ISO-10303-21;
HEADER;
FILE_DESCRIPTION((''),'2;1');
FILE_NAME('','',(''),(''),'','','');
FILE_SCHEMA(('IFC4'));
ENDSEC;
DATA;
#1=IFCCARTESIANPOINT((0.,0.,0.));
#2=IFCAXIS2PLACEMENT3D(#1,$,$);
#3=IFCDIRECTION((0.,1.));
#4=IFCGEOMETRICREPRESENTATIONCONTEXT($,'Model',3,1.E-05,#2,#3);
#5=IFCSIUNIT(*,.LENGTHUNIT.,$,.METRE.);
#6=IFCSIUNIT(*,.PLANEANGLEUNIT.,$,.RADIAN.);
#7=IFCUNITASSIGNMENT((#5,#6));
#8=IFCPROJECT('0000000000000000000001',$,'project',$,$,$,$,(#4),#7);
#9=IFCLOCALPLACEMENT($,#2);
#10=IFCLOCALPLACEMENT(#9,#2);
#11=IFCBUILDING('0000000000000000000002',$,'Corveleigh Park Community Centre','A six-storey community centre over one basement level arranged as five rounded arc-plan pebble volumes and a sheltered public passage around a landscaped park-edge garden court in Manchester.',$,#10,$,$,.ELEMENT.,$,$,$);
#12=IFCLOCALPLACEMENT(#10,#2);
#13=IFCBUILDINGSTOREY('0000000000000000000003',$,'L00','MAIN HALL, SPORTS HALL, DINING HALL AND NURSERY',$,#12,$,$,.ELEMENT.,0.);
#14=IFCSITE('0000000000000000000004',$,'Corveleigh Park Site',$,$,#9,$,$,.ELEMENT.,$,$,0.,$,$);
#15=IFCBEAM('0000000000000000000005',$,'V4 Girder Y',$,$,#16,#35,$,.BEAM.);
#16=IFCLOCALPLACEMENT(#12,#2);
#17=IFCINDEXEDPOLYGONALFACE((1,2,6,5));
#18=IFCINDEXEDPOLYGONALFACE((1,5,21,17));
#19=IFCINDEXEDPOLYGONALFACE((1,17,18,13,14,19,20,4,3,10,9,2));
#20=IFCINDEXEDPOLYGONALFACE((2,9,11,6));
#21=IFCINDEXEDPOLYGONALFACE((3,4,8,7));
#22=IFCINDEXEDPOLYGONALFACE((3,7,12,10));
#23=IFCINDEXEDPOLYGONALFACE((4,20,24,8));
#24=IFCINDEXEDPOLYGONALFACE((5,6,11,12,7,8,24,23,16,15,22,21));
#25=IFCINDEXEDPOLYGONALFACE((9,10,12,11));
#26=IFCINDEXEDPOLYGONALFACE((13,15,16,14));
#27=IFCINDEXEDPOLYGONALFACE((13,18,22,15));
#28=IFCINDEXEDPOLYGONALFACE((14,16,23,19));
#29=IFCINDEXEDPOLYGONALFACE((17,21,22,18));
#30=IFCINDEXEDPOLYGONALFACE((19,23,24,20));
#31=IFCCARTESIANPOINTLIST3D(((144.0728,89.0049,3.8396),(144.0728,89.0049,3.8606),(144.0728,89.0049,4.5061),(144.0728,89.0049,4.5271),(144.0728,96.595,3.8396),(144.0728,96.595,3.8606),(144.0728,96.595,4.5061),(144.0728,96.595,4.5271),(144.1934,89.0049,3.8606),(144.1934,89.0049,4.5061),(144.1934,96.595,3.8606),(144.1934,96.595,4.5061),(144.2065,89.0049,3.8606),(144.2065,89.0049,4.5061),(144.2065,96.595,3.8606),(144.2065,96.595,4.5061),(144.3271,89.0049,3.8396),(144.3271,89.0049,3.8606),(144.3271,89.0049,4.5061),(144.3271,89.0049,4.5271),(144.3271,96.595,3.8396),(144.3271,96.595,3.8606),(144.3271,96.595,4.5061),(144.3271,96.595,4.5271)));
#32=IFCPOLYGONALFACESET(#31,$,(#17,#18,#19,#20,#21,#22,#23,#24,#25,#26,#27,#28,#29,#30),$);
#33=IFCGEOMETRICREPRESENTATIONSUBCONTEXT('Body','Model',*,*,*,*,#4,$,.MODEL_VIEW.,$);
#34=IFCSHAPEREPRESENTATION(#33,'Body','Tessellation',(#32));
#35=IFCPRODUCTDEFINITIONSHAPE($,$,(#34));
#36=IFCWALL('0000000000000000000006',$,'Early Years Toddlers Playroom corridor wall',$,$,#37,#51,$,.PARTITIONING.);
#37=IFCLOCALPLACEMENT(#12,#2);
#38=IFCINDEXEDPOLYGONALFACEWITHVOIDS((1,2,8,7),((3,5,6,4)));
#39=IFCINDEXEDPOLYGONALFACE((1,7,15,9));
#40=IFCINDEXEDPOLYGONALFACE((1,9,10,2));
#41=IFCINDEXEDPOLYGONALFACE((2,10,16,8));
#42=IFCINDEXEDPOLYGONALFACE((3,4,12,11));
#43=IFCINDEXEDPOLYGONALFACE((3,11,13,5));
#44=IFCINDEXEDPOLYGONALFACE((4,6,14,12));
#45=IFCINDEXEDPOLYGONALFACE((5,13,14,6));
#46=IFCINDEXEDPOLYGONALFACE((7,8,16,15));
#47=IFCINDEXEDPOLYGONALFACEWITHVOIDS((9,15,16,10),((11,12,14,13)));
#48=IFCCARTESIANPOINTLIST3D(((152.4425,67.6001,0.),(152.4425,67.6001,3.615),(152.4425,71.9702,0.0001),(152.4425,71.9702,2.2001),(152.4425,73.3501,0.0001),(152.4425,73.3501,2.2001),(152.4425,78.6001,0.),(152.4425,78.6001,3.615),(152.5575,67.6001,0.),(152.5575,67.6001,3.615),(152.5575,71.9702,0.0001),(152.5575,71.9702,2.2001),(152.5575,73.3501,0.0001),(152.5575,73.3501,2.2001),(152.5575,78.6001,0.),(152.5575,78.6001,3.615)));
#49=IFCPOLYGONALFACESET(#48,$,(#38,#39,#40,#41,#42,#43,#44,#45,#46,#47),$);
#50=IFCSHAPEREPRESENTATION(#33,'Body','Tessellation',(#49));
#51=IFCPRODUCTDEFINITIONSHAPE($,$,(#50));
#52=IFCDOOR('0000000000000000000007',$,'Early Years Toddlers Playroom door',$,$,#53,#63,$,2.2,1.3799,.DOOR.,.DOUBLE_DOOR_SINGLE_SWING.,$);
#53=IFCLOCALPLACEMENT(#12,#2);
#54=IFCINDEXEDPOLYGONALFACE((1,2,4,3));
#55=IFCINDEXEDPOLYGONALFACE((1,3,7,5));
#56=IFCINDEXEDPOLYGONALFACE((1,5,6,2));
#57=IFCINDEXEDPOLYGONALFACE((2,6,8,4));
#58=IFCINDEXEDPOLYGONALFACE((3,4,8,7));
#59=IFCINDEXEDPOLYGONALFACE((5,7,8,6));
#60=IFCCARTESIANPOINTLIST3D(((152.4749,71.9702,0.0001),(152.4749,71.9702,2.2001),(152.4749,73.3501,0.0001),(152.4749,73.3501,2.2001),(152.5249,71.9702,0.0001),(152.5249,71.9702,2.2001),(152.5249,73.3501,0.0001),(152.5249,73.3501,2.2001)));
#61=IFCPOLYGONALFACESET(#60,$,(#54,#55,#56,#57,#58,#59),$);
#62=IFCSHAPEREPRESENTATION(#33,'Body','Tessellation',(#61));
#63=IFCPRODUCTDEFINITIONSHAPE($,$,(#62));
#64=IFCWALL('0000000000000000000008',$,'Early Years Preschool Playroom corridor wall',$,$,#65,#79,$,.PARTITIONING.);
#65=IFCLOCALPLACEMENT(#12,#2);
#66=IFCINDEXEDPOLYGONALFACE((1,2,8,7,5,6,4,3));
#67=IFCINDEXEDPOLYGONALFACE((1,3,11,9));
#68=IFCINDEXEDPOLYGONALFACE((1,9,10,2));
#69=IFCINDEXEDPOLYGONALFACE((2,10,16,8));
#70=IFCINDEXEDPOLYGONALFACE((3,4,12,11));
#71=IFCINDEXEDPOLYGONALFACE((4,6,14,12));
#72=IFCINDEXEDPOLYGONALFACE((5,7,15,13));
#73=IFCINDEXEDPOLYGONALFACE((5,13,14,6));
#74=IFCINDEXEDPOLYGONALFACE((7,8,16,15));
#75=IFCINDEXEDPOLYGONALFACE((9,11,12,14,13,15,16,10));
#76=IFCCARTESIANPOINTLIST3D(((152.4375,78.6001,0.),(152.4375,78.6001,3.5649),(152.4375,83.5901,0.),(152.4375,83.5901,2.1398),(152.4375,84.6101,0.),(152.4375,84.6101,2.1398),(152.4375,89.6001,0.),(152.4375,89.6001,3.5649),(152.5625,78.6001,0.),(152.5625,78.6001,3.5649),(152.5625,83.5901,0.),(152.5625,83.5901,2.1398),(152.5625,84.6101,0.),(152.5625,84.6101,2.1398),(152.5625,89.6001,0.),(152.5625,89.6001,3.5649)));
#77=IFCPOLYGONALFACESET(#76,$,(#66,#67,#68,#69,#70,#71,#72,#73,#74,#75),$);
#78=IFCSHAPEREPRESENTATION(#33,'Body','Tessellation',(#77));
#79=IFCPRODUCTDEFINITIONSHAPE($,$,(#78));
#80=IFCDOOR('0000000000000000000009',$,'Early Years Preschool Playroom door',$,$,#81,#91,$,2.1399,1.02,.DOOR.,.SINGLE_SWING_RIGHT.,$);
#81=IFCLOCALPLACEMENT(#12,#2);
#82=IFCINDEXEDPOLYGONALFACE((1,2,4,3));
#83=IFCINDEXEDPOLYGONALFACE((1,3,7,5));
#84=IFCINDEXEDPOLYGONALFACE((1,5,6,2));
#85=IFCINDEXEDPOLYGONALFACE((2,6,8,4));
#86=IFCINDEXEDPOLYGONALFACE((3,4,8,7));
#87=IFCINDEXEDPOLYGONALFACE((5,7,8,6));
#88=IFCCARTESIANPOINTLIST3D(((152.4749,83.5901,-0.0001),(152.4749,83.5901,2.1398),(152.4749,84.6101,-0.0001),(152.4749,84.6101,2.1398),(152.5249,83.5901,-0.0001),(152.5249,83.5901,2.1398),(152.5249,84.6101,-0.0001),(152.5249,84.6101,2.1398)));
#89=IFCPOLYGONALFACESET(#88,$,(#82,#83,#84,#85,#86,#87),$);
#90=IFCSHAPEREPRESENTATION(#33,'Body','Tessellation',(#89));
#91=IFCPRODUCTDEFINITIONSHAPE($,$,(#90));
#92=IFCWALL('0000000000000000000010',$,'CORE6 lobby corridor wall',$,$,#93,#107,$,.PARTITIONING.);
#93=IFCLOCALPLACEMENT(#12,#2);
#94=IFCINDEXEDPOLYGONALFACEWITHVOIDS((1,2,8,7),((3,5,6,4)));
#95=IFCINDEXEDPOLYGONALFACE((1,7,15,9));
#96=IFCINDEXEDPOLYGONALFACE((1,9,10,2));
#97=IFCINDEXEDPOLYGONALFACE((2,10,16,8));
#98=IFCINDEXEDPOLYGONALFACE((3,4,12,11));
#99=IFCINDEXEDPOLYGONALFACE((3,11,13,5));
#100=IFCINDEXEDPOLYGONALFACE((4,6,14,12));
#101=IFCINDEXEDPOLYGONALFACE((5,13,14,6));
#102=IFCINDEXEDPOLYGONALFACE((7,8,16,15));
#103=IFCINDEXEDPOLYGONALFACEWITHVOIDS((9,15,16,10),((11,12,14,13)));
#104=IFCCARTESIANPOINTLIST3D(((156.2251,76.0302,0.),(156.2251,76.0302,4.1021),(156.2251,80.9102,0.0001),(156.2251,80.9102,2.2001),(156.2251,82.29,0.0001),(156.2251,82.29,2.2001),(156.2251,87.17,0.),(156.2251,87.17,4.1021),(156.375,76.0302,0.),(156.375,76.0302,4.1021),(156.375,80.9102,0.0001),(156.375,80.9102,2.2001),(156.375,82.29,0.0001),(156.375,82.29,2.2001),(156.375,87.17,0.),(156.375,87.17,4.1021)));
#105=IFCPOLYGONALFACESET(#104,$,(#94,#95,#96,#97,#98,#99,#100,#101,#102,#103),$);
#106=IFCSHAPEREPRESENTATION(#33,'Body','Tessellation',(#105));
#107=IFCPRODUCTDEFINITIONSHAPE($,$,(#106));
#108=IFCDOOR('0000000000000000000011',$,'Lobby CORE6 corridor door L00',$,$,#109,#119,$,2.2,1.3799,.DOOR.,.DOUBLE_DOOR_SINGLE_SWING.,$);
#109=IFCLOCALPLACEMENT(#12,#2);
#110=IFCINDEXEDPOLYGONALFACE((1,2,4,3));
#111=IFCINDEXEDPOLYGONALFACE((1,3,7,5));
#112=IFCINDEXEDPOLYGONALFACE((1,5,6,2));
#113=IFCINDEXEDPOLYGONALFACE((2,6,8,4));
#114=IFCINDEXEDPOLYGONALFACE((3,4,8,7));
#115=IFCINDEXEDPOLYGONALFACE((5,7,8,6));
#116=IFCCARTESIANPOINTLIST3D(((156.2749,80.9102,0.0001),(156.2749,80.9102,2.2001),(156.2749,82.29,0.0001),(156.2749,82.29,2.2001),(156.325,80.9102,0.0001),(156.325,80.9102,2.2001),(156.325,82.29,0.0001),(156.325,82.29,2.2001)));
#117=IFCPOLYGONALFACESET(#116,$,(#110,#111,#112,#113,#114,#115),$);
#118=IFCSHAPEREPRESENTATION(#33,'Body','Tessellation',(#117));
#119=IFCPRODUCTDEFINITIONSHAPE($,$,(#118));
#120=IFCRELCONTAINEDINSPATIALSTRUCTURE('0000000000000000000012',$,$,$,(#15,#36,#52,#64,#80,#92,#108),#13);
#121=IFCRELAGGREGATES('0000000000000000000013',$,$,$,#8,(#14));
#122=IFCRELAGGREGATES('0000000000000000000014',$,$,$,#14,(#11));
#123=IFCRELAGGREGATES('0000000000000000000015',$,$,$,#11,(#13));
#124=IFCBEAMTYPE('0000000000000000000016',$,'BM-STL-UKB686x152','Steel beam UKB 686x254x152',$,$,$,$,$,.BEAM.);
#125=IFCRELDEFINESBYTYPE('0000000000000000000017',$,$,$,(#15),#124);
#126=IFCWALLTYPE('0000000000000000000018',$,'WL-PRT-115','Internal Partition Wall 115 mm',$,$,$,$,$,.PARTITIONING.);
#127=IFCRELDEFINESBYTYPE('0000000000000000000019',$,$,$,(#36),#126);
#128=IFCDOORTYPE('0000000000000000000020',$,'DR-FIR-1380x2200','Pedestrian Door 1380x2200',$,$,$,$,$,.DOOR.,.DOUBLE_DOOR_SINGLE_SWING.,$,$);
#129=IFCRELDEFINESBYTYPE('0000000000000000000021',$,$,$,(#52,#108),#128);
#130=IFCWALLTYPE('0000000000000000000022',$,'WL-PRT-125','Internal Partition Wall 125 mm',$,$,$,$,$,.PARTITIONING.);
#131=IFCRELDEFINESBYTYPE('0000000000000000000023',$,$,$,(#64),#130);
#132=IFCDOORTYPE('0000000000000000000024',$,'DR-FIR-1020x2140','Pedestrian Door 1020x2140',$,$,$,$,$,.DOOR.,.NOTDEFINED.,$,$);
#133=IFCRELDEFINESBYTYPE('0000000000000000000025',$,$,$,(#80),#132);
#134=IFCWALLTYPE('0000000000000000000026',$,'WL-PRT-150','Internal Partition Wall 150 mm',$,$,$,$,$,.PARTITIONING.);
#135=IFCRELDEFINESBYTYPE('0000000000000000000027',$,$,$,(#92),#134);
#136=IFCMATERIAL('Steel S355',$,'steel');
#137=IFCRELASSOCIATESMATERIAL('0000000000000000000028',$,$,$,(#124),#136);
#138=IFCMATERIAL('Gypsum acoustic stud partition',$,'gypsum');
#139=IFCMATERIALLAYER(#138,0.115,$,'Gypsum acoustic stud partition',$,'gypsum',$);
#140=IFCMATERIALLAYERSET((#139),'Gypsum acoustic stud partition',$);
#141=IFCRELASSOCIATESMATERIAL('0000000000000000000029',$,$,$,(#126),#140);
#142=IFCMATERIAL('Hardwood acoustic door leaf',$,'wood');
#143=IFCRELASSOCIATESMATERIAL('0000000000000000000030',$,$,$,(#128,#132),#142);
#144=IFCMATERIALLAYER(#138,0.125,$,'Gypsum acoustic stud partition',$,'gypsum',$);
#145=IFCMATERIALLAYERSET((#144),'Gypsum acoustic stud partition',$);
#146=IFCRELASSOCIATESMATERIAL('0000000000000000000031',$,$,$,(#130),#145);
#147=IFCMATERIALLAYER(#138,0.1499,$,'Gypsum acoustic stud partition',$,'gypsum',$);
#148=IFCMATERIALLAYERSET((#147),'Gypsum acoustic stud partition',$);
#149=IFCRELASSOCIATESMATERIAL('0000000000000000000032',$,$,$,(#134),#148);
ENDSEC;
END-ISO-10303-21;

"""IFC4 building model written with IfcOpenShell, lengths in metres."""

from ifc_helpers import new_model, si_unit, direction, frame, frame_2d, origin, origin_2d, place, context, subcontext, project, spatial, rectangle, i_section, extrude, material, layer, layer_set, material_profile, profile_set, type_object, element, fill, save


model = new_model("IFC4")

# Units and contexts
model_context = context("Model", 3, precision=1e-05, world=origin(), true_north=direction((0.0, 1.0)))
body_context = subcontext(model_context, "Body", "Model", "MODEL_VIEW")
ifc_project = project(units=[si_unit("LENGTHUNIT", "METRE"), si_unit("PLANEANGLEUNIT", "RADIAN")], contexts=[model_context])

# Site, building, storey
site_placement = place(None, origin())
site = spatial("IfcSite", under=ifc_project, at=site_placement, Name="Corveleigh Park Site", CompositionType="ELEMENT", RefElevation=0.0)
building_placement = place(site_placement, origin())
building = spatial("IfcBuilding", under=site, at=building_placement, Name="Corveleigh Park Community Centre", Description="A six-storey community centre over one basement level arranged as five rounded arc-plan pebble volumes and a sheltered public passage around a landscaped park-edge garden court in Manchester.", CompositionType="ELEMENT")
storey_placement = place(building_placement, origin())
storey = spatial("IfcBuildingStorey", under=building, at=storey_placement, Name="L00", Description="MAIN HALL, SPORTS HALL, DINING HALL AND NURSERY", CompositionType="ELEMENT", Elevation=0.0)

# Shared definitions
ifc_material_1 = material(Name="Steel S355", Category="steel")

# Beam
ifc_material_profile_1 = material_profile(ifc_material_1, i_section(OverallWidth=0.2544, OverallDepth=0.6875, WebThickness=0.0132, FlangeThickness=0.021, at=origin_2d()), Name="UKB 686x254x152", Category="steel")
ifc_profile_set_1 = profile_set([ifc_material_profile_1], Name="Steel S355")
beam_type_1 = type_object("IfcBeamType", Name="BM-STL-UKB686x152", Description="Steel beam UKB 686x254x152", PredefinedType="BEAM", material=ifc_profile_set_1)
beam_1_placement = place(storey_placement, frame((144.2, 89.0049, 4.1833), z_axis=(0.0, 1.0, 0.0), x_axis=(-1.0, 0.0, 0.0)))
element("IfcBeam", 1, at=beam_1_placement, inside=storey, type_object=beam_type_1, Name="V4 Girder Y", PredefinedType="BEAM", context=body_context, shape_type="SweptSolid", body=[
    extrude(i_section(OverallWidth=0.2544, OverallDepth=0.6875, WebThickness=0.0132, FlangeThickness=0.021, at=origin_2d()), origin(), (0.0, 0.0, 1.0), 7.5901),
])

# Walls, openings, doors
ifc_material_2 = material(Name="Gypsum acoustic stud partition", Category="gypsum")
ifc_layer_1 = layer(ifc_material_2, 0.115, Name="Gypsum acoustic stud partition", Category="gypsum")
ifc_layer_set_1 = layer_set([ifc_layer_1], Name="Gypsum acoustic stud partition")
wall_type_1 = type_object("IfcWallType", Name="WL-PRT-115", Description="Internal Partition Wall 115 mm", PredefinedType="PARTITIONING", material=ifc_layer_set_1)
wall_1_placement = place(storey_placement, frame((152.5, 78.6001, 0.0), z_axis=(0.0, 0.0, 1.0), x_axis=(0.0, -1.0, 0.0)))
wall_1 = element("IfcWall", 2, at=wall_1_placement, inside=storey, type_object=wall_type_1, Name="Early Years Toddlers Playroom corridor wall", PredefinedType="PARTITIONING", context=body_context, shape_type="SweptSolid", body=[
    extrude(rectangle(XDim=11.0, YDim=0.115, at=frame_2d((5.5, 0.0))), origin(), (0.0, 0.0, 1.0), 3.615),
])
opening_1_placement = place(wall_1_placement, frame((5.25, 0.0, 0.0)))
opening_1 = element("IfcOpeningElement", 3, at=opening_1_placement, cuts=wall_1, PredefinedType="OPENING", context=body_context, shape_type="SweptSolid", body=[
    extrude(rectangle(XDim=1.3799, YDim=2.2, at=frame_2d((0.6899, 1.1001))), frame((0.0, 0.0674, 0.0), z_axis=(0.0, -1.0, 0.0), x_axis=(1.0, 0.0, 0.0)), (0.0, 0.0, 1.0), 0.135),
])
ifc_material_3 = material(Name="Hardwood acoustic door leaf", Category="wood")
door_type_1 = type_object("IfcDoorType", Name="DR-FIR-1380x2200", Description="Pedestrian Door 1380x2200", OperationType="DOUBLE_DOOR_SINGLE_SWING", PredefinedType="DOOR", material=ifc_material_3)
door_1_placement = place(opening_1_placement, origin())
door_1 = element("IfcDoor", 4, at=door_1_placement, inside=storey, type_object=door_type_1, Name="Early Years Toddlers Playroom door", OperationType="DOUBLE_DOOR_SINGLE_SWING", OverallHeight=2.2, OverallWidth=1.3799, PredefinedType="DOOR", context=body_context, shape_type="SweptSolid", body=[
    extrude(rectangle(XDim=1.3799, YDim=2.2, at=frame_2d((0.6899, 1.1001))), frame((0.0, 0.0249, 0.0), z_axis=(0.0, -1.0, 0.0), x_axis=(1.0, 0.0, 0.0)), (0.0, 0.0, 1.0), 0.05),
])
fill(opening_1, door_1)
ifc_layer_2 = layer(ifc_material_2, 0.125, Name="Gypsum acoustic stud partition", Category="gypsum")
ifc_layer_set_2 = layer_set([ifc_layer_2], Name="Gypsum acoustic stud partition")
wall_type_2 = type_object("IfcWallType", Name="WL-PRT-125", Description="Internal Partition Wall 125 mm", PredefinedType="PARTITIONING", material=ifc_layer_set_2)
wall_2_placement = place(storey_placement, frame((152.5, 89.6001, 0.0), z_axis=(0.0, 0.0, 1.0), x_axis=(0.0, -1.0, 0.0)))
wall_2 = element("IfcWall", 5, at=wall_2_placement, inside=storey, type_object=wall_type_2, Name="Early Years Preschool Playroom corridor wall", PredefinedType="PARTITIONING", context=body_context, shape_type="SweptSolid", body=[
    extrude(rectangle(XDim=11.0, YDim=0.125, at=frame_2d((5.5, 0.0))), origin(), (0.0, 0.0, 1.0), 3.5649),
])
opening_2_placement = place(wall_2_placement, frame((4.99, 0.0, 0.0)))
opening_2 = element("IfcOpeningElement", 6, at=opening_2_placement, cuts=wall_2, PredefinedType="OPENING", context=body_context, shape_type="SweptSolid", body=[
    extrude(rectangle(XDim=1.02, YDim=2.1399, at=frame_2d((0.51, 1.0698))), frame((0.0, 0.0725, 0.0), z_axis=(0.0, -1.0, 0.0), x_axis=(1.0, 0.0, 0.0)), (0.0, 0.0, 1.0), 0.145),
])
door_type_2 = type_object("IfcDoorType", Name="DR-FIR-1020x2140", Description="Pedestrian Door 1020x2140", OperationType="NOTDEFINED", PredefinedType="DOOR", material=ifc_material_3)
door_2_placement = place(opening_2_placement, origin())
door_2 = element("IfcDoor", 7, at=door_2_placement, inside=storey, type_object=door_type_2, Name="Early Years Preschool Playroom door", OperationType="SINGLE_SWING_RIGHT", OverallHeight=2.1399, OverallWidth=1.02, PredefinedType="DOOR", context=body_context, shape_type="SweptSolid", body=[
    extrude(rectangle(XDim=1.02, YDim=2.1399, at=frame_2d((0.51, 1.0698))), frame((0.0, 0.0249, 0.0), z_axis=(0.0, -1.0, 0.0), x_axis=(1.0, 0.0, 0.0)), (0.0, 0.0, 1.0), 0.05),
])
fill(opening_2, door_2)
ifc_layer_3 = layer(ifc_material_2, 0.1499, Name="Gypsum acoustic stud partition", Category="gypsum")
ifc_layer_set_3 = layer_set([ifc_layer_3], Name="Gypsum acoustic stud partition")
wall_type_3 = type_object("IfcWallType", Name="WL-PRT-150", Description="Internal Partition Wall 150 mm", PredefinedType="PARTITIONING", material=ifc_layer_set_3)
wall_3_placement = place(storey_placement, frame((156.3, 87.1699, 0.0), z_axis=(0.0, 0.0, 1.0), x_axis=(0.0, -1.0, 0.0)))
wall_3 = element("IfcWall", 8, at=wall_3_placement, inside=storey, type_object=wall_type_3, Name="CORE6 lobby corridor wall", PredefinedType="PARTITIONING", context=body_context, shape_type="SweptSolid", body=[
    extrude(rectangle(XDim=11.1399, YDim=0.1499, at=frame_2d((5.5698, 0.0))), origin(), (0.0, 0.0, 1.0), 4.1021),
])
opening_3_placement = place(wall_3_placement, frame((4.8799, 0.0, 0.0)))
opening_3 = element("IfcOpeningElement", 9, at=opening_3_placement, cuts=wall_3, PredefinedType="OPENING", context=body_context, shape_type="SweptSolid", body=[
    extrude(rectangle(XDim=1.3799, YDim=2.2, at=frame_2d((0.6899, 1.1001))), frame((0.0, 0.085, 0.0), z_axis=(0.0, -1.0, 0.0), x_axis=(1.0, 0.0, 0.0)), (0.0, 0.0, 1.0), 0.1699),
])
door_3_placement = place(opening_3_placement, origin())
door_3 = element("IfcDoor", 10, at=door_3_placement, inside=storey, type_object=door_type_1, Name="Lobby CORE6 corridor door L00", OperationType="DOUBLE_DOOR_SINGLE_SWING", OverallHeight=2.2, OverallWidth=1.3799, PredefinedType="DOOR", context=body_context, shape_type="SweptSolid", body=[
    extrude(rectangle(XDim=1.3799, YDim=2.2, at=frame_2d((0.6899, 1.1001))), frame((0.0, 0.0249, 0.0), z_axis=(0.0, -1.0, 0.0), x_axis=(1.0, 0.0, 0.0)), (0.0, 0.0, 1.0), 0.05),
])
fill(opening_3, door_3)

save(model, "model.ifc")
